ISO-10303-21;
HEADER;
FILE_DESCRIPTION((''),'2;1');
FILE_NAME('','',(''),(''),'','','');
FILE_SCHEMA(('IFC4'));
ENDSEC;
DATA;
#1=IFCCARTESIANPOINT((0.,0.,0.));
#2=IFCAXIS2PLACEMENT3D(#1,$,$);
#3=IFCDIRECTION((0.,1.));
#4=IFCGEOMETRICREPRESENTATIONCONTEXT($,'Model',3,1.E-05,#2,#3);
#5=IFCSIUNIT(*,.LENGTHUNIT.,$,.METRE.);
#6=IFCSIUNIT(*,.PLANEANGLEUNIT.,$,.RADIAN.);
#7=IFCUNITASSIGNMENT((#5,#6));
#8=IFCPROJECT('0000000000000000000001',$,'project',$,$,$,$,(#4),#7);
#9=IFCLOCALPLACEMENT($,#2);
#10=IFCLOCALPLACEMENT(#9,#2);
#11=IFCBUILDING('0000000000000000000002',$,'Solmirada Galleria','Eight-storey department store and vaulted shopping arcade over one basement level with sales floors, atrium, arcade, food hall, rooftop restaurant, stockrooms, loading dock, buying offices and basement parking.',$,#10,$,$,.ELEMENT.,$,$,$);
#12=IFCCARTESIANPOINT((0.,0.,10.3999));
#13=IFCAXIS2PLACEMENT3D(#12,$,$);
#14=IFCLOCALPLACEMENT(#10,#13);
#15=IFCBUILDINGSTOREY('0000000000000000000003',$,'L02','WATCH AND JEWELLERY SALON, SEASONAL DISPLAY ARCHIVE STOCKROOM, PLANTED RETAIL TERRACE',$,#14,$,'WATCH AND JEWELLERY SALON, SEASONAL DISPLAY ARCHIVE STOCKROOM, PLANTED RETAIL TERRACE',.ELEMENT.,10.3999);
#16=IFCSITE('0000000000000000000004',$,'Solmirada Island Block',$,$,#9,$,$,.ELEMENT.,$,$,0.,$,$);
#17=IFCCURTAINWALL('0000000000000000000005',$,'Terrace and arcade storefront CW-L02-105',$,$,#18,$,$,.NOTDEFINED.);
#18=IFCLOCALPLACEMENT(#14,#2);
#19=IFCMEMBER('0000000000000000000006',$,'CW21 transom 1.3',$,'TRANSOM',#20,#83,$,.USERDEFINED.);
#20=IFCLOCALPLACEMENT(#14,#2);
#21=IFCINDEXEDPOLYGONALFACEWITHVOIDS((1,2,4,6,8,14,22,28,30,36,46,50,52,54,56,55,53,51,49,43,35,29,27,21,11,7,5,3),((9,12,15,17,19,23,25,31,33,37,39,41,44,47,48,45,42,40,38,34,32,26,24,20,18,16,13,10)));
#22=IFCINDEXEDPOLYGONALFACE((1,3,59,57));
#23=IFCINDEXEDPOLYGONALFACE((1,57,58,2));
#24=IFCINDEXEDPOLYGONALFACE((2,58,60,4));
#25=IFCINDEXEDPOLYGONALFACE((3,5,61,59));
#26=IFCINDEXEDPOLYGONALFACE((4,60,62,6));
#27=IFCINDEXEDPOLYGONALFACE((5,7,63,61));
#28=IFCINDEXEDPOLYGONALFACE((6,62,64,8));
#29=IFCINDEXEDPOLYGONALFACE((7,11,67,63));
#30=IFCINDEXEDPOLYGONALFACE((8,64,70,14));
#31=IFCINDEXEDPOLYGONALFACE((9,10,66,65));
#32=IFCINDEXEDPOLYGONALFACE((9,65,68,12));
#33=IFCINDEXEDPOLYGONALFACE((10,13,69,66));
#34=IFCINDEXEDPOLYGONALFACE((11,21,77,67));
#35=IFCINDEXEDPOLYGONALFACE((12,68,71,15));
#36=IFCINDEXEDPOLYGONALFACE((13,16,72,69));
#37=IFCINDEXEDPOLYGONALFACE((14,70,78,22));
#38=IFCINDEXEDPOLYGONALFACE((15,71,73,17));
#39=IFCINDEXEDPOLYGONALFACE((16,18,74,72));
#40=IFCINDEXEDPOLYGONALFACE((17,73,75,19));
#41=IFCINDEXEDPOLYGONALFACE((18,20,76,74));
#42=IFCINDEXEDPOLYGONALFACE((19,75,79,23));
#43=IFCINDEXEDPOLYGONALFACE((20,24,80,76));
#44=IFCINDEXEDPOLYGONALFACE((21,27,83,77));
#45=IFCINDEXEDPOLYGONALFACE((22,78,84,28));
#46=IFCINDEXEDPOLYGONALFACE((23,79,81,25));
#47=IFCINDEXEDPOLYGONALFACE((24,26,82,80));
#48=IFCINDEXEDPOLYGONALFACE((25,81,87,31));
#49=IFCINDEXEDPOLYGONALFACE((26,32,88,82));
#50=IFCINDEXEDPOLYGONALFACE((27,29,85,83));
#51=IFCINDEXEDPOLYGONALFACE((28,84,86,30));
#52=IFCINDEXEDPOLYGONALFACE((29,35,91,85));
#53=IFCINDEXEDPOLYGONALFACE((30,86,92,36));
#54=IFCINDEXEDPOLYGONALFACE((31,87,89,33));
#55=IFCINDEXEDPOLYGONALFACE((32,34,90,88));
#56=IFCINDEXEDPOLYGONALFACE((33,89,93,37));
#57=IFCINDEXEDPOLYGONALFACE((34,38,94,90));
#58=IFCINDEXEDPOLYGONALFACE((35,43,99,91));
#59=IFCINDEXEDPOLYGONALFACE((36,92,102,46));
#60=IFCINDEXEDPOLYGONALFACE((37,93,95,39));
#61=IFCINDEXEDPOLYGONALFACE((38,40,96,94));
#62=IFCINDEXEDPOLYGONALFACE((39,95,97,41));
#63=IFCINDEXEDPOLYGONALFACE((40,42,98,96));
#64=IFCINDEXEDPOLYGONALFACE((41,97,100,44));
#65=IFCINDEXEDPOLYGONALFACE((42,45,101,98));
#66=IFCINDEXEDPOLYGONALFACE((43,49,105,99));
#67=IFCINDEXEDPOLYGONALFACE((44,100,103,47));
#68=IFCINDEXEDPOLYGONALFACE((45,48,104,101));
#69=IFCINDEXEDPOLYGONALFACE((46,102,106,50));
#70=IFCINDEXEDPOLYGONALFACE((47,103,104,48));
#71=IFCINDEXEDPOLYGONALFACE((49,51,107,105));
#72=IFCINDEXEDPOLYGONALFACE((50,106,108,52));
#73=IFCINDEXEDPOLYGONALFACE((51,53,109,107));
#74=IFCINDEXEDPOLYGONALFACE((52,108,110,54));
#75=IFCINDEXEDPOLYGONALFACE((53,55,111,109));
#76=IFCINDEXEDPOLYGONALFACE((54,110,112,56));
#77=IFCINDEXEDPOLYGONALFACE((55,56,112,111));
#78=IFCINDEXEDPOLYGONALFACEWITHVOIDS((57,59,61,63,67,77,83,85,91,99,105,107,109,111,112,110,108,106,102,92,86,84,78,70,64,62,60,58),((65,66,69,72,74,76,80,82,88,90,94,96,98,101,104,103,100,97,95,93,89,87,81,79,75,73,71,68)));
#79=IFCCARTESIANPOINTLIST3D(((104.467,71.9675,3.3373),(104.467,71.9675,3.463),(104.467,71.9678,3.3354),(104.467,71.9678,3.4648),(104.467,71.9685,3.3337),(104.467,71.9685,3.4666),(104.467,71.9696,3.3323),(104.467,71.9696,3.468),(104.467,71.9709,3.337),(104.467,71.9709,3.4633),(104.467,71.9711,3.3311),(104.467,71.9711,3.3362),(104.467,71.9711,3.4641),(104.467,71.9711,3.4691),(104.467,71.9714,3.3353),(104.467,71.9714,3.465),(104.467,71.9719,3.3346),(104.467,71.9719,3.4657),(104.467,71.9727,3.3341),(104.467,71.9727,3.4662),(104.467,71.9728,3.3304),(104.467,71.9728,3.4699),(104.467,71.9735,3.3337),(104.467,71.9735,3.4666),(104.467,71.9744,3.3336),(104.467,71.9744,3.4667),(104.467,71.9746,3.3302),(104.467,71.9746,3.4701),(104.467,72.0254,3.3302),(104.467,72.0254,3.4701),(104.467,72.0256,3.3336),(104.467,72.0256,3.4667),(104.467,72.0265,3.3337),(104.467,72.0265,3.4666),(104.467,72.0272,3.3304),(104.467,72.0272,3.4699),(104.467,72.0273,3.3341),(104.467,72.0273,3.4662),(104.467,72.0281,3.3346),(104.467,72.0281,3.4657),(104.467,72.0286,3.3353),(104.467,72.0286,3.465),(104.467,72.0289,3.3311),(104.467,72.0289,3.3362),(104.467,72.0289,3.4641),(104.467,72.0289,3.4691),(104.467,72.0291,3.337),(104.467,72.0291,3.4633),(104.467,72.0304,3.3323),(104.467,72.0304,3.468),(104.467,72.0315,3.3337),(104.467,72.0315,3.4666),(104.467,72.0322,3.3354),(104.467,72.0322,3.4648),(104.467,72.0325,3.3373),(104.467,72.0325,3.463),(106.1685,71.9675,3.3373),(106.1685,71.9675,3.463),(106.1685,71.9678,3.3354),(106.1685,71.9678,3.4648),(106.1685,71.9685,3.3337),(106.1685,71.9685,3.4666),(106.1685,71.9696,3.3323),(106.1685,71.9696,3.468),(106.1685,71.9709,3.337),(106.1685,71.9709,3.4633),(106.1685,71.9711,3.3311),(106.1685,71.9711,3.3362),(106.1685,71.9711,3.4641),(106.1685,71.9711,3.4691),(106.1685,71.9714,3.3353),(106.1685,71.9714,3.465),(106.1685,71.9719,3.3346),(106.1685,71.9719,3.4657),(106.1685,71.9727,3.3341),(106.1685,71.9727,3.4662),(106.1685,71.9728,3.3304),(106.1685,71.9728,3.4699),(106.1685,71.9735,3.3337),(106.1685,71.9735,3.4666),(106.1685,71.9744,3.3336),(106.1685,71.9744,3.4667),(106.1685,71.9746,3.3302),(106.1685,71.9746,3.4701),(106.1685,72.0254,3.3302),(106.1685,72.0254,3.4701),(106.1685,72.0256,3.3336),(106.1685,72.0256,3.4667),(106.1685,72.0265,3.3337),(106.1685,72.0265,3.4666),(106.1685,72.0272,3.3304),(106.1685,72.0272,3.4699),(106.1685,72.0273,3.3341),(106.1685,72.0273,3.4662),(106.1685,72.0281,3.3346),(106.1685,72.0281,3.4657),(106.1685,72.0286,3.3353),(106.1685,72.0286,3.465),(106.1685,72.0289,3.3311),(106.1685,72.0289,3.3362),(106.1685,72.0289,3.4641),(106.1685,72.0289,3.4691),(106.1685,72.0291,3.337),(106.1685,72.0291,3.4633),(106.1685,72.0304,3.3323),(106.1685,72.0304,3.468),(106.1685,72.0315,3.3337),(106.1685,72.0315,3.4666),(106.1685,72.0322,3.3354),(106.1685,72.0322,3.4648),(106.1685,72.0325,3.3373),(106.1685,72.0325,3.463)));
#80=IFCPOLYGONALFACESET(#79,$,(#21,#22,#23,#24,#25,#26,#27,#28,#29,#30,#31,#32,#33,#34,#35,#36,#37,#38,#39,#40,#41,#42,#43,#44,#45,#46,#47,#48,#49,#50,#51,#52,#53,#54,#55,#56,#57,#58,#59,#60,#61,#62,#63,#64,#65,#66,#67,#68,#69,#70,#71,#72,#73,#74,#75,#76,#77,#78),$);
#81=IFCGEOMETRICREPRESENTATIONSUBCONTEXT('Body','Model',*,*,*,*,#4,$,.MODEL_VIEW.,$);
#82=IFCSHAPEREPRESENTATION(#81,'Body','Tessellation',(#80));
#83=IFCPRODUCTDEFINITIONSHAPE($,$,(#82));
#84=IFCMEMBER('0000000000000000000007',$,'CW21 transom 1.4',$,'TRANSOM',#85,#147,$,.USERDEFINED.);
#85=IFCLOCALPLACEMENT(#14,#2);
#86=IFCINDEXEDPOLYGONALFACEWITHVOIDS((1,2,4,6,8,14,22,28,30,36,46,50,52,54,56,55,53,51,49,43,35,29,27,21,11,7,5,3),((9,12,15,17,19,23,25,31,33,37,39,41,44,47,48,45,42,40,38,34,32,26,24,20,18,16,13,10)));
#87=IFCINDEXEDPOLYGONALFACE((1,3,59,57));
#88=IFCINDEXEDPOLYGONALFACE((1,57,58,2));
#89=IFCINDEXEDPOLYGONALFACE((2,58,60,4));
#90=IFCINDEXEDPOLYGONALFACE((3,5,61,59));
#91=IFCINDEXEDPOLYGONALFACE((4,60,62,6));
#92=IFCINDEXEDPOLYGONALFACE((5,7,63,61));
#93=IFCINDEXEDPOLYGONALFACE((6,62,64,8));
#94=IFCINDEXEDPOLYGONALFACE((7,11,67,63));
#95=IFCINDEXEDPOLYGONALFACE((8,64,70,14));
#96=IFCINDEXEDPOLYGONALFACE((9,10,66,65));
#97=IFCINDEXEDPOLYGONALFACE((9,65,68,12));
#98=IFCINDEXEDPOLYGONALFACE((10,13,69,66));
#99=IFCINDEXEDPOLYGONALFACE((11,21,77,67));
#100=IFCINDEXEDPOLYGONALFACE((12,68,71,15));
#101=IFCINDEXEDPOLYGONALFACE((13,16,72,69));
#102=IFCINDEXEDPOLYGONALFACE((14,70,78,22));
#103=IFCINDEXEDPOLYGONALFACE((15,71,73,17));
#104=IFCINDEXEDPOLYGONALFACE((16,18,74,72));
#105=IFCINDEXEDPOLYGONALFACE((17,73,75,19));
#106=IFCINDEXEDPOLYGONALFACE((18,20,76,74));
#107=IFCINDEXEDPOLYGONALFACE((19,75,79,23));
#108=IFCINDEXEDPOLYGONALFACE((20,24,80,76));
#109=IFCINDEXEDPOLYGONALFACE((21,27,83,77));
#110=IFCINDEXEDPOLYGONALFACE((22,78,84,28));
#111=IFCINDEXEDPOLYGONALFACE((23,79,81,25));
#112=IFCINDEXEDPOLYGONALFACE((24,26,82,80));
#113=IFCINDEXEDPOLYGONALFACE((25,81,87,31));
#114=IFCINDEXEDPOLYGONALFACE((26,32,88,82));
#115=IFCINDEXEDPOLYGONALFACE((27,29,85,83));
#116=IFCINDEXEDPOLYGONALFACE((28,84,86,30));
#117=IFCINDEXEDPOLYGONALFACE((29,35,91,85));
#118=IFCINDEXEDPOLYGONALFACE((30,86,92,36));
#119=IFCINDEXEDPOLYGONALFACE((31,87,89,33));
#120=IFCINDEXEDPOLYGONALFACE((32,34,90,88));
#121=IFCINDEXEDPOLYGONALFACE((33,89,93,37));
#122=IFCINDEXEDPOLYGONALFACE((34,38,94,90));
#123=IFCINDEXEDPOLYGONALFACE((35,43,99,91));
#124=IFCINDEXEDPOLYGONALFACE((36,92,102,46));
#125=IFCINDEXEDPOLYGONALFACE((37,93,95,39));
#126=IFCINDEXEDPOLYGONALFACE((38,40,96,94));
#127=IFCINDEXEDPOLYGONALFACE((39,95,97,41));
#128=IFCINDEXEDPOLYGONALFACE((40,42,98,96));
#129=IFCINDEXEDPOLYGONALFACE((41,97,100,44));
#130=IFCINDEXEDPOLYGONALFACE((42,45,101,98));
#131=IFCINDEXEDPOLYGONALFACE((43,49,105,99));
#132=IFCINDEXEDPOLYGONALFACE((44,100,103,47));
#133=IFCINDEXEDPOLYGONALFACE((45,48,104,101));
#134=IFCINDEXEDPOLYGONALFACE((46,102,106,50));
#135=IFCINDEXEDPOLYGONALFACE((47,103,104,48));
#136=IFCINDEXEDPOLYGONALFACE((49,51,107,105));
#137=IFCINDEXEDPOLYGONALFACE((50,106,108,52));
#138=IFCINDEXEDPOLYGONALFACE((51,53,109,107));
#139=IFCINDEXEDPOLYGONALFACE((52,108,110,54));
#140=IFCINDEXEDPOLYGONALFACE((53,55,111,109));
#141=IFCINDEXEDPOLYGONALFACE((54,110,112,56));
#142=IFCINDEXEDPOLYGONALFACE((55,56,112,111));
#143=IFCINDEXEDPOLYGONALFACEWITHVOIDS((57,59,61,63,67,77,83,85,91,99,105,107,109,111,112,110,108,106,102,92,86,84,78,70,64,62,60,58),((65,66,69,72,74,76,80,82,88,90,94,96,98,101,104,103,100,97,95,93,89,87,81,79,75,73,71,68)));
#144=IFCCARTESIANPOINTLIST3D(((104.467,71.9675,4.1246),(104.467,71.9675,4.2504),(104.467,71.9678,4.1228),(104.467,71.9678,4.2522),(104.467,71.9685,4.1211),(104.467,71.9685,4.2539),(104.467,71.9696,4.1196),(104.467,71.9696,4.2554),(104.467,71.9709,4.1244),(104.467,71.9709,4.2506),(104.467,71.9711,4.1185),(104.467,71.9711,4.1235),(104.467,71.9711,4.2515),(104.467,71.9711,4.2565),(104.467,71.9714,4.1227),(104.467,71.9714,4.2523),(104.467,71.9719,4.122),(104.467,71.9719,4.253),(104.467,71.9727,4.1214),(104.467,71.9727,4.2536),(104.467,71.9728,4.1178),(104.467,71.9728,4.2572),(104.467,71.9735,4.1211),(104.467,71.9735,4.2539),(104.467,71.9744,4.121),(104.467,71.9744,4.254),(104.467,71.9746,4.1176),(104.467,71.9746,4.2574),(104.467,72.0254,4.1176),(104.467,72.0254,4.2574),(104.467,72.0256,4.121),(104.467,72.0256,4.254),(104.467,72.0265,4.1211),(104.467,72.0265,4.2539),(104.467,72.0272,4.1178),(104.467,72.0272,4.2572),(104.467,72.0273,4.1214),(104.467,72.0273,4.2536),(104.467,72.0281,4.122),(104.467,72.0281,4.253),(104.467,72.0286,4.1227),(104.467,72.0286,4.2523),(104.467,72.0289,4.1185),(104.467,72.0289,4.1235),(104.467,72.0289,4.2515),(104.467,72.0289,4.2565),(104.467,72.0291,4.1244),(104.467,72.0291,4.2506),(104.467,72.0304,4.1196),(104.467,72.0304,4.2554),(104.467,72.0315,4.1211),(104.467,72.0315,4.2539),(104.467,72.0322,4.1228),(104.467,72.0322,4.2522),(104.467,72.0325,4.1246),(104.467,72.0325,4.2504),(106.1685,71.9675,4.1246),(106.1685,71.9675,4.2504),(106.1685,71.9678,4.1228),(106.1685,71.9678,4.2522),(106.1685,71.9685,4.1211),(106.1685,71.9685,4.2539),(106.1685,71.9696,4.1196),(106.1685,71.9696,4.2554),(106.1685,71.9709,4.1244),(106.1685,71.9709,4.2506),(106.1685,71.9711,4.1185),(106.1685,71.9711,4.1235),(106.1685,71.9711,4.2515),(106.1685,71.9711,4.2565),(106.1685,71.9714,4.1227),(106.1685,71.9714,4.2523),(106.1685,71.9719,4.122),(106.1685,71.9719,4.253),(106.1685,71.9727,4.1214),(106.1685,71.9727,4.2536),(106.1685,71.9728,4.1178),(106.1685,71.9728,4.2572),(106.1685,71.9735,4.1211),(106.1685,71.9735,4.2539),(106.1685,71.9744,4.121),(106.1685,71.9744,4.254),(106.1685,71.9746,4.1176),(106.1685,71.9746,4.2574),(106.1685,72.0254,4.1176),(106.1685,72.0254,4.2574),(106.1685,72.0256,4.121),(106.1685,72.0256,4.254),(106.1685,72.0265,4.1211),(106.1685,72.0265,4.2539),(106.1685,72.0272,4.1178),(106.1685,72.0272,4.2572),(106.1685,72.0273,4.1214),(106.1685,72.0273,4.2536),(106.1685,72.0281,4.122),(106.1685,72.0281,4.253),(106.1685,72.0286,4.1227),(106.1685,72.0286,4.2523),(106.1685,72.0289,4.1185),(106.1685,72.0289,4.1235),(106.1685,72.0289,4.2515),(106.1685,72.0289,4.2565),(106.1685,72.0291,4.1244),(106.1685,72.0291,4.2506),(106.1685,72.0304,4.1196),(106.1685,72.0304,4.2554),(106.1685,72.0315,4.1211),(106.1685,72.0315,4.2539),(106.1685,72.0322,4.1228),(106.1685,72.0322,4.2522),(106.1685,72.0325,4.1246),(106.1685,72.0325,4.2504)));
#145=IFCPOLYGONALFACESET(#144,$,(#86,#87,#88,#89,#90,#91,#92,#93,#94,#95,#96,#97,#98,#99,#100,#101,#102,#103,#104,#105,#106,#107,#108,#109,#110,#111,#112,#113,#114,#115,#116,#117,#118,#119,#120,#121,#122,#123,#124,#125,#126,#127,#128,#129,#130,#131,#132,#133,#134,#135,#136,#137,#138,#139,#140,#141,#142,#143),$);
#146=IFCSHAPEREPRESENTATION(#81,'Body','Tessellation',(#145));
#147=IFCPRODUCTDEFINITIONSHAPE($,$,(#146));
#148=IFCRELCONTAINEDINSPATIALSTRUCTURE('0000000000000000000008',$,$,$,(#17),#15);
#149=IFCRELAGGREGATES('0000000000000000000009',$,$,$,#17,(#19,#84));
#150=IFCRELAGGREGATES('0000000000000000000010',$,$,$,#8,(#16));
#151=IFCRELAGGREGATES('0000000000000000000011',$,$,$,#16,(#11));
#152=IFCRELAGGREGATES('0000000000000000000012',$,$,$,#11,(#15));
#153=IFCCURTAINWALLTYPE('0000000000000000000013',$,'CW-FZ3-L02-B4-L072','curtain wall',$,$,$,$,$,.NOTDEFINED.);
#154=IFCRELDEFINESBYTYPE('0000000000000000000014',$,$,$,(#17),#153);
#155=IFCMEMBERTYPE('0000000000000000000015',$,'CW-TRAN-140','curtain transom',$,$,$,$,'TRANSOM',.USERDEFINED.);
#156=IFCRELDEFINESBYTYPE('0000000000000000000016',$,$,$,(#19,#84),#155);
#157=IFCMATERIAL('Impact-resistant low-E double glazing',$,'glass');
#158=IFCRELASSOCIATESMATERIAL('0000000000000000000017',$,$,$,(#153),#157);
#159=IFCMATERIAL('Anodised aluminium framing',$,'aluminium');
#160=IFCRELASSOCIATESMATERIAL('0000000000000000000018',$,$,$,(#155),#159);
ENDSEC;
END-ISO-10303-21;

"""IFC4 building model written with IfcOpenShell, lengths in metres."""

from ifc_helpers import new_model, si_unit, direction, frame, origin, origin_2d, place, context, subcontext, project, spatial, hollow_rectangle, extrude, material, material_profile, profile_set, type_object, element, aggregate, save


model = new_model("IFC4")

# Units and contexts
model_context = context("Model", 3, precision=1e-05, world=origin(), true_north=direction((0.0, 1.0)))
body_context = subcontext(model_context, "Body", "Model", "MODEL_VIEW")
ifc_project = project(units=[si_unit("LENGTHUNIT", "METRE"), si_unit("PLANEANGLEUNIT", "RADIAN")], contexts=[model_context])

# Site, building, storey
site_placement = place(None, origin())
site = spatial("IfcSite", under=ifc_project, at=site_placement, Name="Solmirada Island Block", CompositionType="ELEMENT", RefElevation=0.0)
building_placement = place(site_placement, origin())
building = spatial("IfcBuilding", under=site, at=building_placement, Name="Solmirada Galleria", Description="Eight-storey department store and vaulted shopping arcade over one basement level with sales floors, atrium, arcade, food hall, rooftop restaurant, stockrooms, loading dock, buying offices and basement parking.", CompositionType="ELEMENT")
storey_placement = place(building_placement, frame((0.0, 0.0, 10.3999)))
storey = spatial("IfcBuildingStorey", under=building, at=storey_placement, Name="L02", Description="WATCH AND JEWELLERY SALON, SEASONAL DISPLAY ARCHIVE STOCKROOM, PLANTED RETAIL TERRACE", LongName="WATCH AND JEWELLERY SALON, SEASONAL DISPLAY ARCHIVE STOCKROOM, PLANTED RETAIL TERRACE", CompositionType="ELEMENT", Elevation=10.3999)

# Curtain wall
ifc_material_1 = material(Name="Impact-resistant low-E double glazing", Category="glass")
curtain_wall_type = type_object("IfcCurtainWallType", Name="CW-FZ3-L02-B4-L072", Description="curtain wall", PredefinedType="NOTDEFINED", material=ifc_material_1)
ifc_material_2 = material(Name="Anodised aluminium framing", Category="aluminium")
curtain_wall_1_placement = place(storey_placement, origin())
curtain_wall_1 = element("IfcCurtainWall", 1, at=curtain_wall_1_placement, inside=storey, type_object=curtain_wall_type, Name="Terrace and arcade storefront CW-L02-105", PredefinedType="NOTDEFINED")

# Members
ifc_material_profile_1 = material_profile(ifc_material_2, hollow_rectangle(XDim=0.0649, YDim=0.1399, WallThickness=0.0034, InnerFilletRadius=0.0034, OuterFilletRadius=0.0071, at=origin_2d()), Name="ALU-TRAN-140X65")
ifc_profile_set_1 = profile_set([ifc_material_profile_1], Name="Anodised aluminium framing")
member_type_1 = type_object("IfcMemberType", Name="CW-TRAN-140", Description="curtain transom", ElementType="TRANSOM", PredefinedType="USERDEFINED", material=ifc_profile_set_1)
member_1_placement = place(storey_placement, frame((104.467, 72.0, 3.4001), z_axis=(1.0, 0.0, 0.0), x_axis=(0.0, 1.0, 0.0)))
member_1 = element("IfcMember", 2, at=member_1_placement, type_object=member_type_1, Name="CW21 transom 1.3", ObjectType="TRANSOM", PredefinedType="USERDEFINED", context=body_context, shape_type="SweptSolid", body=[
    extrude(hollow_rectangle(XDim=0.0649, YDim=0.1399, WallThickness=0.0034, InnerFilletRadius=0.0034, OuterFilletRadius=0.0071, at=origin_2d()), origin(), (0.0, 0.0, 1.0), 1.7014),
])
member_2_placement = place(storey_placement, frame((104.467, 72.0, 4.1875), z_axis=(1.0, 0.0, 0.0), x_axis=(0.0, 1.0, 0.0)))
member_2 = element("IfcMember", 3, at=member_2_placement, type_object=member_type_1, Name="CW21 transom 1.4", ObjectType="TRANSOM", PredefinedType="USERDEFINED", context=body_context, shape_type="SweptSolid", body=[
    extrude(hollow_rectangle(XDim=0.0649, YDim=0.1399, WallThickness=0.0034, InnerFilletRadius=0.0034, OuterFilletRadius=0.0071, at=origin_2d()), origin(), (0.0, 0.0, 1.0), 1.7014),
])

aggregate(curtain_wall_1, [member_1, member_2])

save(model, "model.ifc")
